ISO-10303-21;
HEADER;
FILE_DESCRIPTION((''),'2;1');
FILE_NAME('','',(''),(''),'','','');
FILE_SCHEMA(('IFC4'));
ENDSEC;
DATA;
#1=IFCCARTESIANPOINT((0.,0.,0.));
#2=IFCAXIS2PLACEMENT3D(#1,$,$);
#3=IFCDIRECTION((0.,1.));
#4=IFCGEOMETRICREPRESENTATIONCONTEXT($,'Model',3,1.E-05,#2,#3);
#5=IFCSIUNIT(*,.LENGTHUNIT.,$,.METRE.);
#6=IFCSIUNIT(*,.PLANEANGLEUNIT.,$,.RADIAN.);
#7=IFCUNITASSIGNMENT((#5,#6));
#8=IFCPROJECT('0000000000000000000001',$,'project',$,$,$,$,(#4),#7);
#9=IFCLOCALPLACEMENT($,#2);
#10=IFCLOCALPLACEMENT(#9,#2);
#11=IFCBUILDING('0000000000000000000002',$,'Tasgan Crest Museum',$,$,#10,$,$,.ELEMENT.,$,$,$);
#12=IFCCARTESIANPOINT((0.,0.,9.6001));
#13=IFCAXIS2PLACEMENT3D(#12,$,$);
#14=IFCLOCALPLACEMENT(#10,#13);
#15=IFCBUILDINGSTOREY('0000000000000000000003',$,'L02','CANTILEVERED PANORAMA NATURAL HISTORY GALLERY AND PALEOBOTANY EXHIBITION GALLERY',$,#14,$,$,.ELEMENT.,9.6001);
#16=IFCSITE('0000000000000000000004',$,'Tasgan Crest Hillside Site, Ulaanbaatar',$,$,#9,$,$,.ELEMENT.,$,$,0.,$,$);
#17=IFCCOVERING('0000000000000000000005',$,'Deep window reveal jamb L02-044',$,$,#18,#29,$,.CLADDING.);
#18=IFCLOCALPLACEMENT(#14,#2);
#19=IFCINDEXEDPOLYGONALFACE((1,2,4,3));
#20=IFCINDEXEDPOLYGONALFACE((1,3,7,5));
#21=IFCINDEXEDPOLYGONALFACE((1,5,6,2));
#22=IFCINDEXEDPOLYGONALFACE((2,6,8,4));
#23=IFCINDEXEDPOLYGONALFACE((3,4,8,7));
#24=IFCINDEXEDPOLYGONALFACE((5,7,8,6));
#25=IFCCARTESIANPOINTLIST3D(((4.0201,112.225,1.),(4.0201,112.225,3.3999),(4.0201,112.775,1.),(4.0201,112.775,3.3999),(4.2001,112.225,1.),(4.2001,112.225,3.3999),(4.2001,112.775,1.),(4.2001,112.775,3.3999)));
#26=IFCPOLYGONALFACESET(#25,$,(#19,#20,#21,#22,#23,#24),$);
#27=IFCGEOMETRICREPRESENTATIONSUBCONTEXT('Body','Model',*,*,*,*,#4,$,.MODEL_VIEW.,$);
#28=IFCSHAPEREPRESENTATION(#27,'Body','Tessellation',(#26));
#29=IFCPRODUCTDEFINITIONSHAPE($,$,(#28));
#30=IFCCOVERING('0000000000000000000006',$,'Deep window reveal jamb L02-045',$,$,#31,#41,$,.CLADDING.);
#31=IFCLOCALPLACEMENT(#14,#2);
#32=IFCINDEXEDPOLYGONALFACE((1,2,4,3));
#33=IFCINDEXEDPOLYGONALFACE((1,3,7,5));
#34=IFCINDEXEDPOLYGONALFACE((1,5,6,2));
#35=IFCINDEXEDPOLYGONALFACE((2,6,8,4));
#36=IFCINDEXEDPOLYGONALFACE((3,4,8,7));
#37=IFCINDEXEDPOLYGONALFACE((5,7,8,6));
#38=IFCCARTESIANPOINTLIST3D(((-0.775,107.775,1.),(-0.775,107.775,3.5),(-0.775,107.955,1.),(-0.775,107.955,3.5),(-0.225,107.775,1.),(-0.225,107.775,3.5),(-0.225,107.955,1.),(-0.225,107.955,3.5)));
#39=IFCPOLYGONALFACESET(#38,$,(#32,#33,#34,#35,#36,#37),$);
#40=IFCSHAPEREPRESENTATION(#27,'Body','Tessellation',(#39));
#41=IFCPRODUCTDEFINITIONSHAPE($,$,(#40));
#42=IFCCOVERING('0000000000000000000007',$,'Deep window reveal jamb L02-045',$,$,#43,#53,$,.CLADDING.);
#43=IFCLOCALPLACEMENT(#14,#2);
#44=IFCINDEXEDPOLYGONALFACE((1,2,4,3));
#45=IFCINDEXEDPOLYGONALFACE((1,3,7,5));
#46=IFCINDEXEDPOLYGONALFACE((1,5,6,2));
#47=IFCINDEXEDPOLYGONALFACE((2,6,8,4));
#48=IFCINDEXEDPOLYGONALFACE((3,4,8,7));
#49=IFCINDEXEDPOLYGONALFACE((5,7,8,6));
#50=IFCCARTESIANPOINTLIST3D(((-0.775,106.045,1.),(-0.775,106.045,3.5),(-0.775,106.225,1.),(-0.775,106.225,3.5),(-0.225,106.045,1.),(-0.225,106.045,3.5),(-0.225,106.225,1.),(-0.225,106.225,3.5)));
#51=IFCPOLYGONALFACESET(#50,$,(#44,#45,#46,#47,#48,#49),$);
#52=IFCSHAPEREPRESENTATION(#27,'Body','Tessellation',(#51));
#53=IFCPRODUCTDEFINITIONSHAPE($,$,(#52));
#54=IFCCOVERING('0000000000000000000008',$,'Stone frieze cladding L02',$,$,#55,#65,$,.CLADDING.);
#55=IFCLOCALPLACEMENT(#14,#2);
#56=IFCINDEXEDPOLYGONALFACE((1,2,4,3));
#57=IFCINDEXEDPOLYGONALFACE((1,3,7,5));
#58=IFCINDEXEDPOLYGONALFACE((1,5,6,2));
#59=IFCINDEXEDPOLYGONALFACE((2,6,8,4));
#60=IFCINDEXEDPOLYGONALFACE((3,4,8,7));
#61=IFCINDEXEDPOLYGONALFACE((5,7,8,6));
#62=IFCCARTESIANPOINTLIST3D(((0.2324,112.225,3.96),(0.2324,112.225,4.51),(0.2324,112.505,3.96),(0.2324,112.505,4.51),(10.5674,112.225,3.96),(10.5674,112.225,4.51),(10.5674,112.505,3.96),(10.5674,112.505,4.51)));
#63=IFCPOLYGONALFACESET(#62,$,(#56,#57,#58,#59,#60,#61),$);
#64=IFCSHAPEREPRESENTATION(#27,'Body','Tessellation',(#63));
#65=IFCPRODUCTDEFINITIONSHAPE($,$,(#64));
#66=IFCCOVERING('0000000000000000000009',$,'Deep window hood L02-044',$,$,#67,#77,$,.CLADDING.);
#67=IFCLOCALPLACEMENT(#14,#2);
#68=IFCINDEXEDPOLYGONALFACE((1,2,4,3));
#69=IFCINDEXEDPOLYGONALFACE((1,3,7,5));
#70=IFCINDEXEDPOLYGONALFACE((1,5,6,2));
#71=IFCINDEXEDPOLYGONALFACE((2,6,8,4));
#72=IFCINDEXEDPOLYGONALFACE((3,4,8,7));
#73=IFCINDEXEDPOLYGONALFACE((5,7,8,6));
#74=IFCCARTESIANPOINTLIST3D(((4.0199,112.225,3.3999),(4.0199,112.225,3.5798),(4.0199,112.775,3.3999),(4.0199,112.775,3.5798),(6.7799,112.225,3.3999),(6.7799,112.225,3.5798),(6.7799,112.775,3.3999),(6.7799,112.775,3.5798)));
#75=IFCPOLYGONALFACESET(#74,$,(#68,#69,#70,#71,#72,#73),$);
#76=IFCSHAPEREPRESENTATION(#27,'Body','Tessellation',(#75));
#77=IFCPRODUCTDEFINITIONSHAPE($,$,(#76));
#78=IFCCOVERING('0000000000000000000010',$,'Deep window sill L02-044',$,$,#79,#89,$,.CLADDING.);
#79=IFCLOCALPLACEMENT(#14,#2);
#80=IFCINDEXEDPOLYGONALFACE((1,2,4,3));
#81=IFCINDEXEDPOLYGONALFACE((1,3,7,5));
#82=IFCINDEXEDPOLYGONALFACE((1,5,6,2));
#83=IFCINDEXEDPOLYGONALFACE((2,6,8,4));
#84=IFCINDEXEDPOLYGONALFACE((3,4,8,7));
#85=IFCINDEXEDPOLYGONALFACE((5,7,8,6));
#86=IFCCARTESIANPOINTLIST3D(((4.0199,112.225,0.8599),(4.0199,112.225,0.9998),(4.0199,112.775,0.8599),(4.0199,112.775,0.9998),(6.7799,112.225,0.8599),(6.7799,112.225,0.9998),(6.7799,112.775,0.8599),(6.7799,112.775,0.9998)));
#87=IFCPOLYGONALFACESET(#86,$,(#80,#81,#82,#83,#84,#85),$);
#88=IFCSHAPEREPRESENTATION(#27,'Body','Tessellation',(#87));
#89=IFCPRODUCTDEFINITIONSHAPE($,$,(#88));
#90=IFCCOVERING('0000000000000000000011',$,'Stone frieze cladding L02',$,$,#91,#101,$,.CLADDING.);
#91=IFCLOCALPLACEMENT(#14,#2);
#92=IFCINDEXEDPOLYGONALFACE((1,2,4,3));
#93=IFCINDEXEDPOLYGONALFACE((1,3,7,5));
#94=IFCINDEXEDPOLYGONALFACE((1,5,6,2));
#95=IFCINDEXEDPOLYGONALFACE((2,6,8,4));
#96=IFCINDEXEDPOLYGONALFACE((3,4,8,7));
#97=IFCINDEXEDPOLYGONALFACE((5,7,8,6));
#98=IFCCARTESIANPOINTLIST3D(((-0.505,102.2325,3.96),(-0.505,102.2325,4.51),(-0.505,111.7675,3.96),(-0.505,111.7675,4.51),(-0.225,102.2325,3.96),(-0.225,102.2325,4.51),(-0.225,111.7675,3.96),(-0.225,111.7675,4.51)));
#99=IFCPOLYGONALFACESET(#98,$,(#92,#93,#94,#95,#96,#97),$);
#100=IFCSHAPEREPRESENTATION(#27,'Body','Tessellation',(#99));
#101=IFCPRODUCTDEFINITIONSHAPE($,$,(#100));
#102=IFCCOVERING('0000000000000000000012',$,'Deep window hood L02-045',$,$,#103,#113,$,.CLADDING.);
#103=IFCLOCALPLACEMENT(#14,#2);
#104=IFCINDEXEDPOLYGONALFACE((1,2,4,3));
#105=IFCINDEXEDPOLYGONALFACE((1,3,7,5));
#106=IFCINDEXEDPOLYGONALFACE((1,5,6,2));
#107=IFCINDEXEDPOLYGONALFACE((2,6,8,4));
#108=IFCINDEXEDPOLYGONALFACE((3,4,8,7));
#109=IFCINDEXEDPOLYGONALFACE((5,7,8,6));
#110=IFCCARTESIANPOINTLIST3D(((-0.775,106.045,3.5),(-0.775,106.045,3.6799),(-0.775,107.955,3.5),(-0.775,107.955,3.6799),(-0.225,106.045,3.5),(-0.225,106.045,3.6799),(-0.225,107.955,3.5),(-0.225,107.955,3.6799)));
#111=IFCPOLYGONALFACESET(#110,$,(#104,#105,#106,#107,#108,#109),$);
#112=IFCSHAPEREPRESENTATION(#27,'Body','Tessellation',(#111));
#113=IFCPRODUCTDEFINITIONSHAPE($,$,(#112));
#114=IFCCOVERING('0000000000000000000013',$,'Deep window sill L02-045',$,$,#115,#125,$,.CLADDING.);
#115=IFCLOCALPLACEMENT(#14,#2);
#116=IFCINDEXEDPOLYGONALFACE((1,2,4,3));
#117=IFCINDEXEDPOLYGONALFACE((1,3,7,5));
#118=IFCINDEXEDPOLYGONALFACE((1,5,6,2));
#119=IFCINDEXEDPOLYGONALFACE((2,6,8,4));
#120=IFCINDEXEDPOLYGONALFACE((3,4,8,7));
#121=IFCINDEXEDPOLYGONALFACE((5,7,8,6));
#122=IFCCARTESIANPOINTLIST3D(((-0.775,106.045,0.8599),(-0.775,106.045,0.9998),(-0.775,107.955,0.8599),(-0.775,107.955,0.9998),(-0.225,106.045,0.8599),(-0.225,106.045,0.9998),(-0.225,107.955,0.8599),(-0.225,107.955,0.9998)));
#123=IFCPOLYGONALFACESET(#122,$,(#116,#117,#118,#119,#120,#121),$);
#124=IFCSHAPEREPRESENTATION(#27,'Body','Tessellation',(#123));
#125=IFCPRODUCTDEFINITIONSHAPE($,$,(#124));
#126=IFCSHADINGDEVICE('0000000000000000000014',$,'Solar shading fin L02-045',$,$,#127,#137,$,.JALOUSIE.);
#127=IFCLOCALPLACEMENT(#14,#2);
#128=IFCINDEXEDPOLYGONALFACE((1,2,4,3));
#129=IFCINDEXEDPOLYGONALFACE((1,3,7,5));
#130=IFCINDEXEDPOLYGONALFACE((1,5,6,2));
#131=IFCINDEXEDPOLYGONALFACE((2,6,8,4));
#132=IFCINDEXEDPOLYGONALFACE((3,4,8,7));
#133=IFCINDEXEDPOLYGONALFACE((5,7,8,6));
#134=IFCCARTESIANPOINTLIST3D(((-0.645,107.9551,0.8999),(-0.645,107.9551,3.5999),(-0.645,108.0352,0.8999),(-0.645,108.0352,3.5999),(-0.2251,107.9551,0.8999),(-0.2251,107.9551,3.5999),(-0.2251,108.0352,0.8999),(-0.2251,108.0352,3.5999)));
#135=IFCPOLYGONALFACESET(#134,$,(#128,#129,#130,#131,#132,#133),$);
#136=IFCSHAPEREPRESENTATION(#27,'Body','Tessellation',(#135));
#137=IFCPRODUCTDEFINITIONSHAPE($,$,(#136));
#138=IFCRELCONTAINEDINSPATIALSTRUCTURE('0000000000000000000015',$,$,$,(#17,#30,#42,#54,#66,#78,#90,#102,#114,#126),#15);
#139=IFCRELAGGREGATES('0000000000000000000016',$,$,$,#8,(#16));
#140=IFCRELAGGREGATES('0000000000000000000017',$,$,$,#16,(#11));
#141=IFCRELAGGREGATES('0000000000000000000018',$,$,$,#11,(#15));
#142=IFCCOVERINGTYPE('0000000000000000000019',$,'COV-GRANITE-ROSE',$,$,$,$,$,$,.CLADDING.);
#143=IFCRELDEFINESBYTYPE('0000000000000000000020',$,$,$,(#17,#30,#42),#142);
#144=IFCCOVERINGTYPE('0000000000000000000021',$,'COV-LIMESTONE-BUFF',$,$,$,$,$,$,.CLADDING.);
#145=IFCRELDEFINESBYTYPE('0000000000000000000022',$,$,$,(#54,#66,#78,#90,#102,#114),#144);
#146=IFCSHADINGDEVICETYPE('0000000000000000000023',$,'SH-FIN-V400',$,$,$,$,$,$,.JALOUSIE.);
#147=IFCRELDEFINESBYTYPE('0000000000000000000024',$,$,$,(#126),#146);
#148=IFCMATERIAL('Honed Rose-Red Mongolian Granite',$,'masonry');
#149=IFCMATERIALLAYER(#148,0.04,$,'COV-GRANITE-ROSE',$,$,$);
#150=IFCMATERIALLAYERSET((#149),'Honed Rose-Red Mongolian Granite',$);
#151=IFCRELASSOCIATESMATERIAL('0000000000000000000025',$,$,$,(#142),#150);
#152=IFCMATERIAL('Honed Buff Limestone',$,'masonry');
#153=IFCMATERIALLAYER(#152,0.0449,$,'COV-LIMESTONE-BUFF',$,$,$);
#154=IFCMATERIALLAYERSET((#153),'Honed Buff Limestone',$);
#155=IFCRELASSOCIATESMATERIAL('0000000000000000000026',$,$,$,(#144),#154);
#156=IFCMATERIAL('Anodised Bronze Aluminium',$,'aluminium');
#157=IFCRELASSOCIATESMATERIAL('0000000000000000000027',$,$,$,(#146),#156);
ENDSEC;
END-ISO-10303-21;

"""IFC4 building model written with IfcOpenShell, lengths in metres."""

from ifc_helpers import new_model, si_unit, direction, frame, origin, origin_2d, place, context, subcontext, project, spatial, rectangle, extrude, material, layer, layer_set, type_object, element, save


model = new_model("IFC4")

# Units and contexts
model_context = context("Model", 3, precision=1e-05, world=origin(), true_north=direction((0.0, 1.0)))
body_context = subcontext(model_context, "Body", "Model", "MODEL_VIEW")
ifc_project = project(units=[si_unit("LENGTHUNIT", "METRE"), si_unit("PLANEANGLEUNIT", "RADIAN")], contexts=[model_context])

# Site, building, storey
site_placement = place(None, origin())
site = spatial("IfcSite", under=ifc_project, at=site_placement, Name="Tasgan Crest Hillside Site, Ulaanbaatar", CompositionType="ELEMENT", RefElevation=0.0)
building_placement = place(site_placement, origin())
building = spatial("IfcBuilding", under=site, at=building_placement, Name="Tasgan Crest Museum", CompositionType="ELEMENT")
storey_placement = place(building_placement, frame((0.0, 0.0, 9.6001)))
storey = spatial("IfcBuildingStorey", under=building, at=storey_placement, Name="L02", Description="CANTILEVERED PANORAMA NATURAL HISTORY GALLERY AND PALEOBOTANY EXHIBITION GALLERY", CompositionType="ELEMENT", Elevation=9.6001)

# Coverings
ifc_material_1 = material(Name="Honed Rose-Red Mongolian Granite", Category="masonry")
ifc_layer_1 = layer(ifc_material_1, 0.04, Name="COV-GRANITE-ROSE")
ifc_layer_set_1 = layer_set([ifc_layer_1], Name="Honed Rose-Red Mongolian Granite")
covering_type_1 = type_object("IfcCoveringType", Name="COV-GRANITE-ROSE", PredefinedType="CLADDING", material=ifc_layer_set_1)
for number, where, z_axis, x_axis, name in (
    (1, (4.1101, 112.5, 1.0), (0.0, 0.0, 1.0), (-1.0, 0.0, 0.0), "Deep window reveal jamb L02-044"),
):
    element("IfcCovering", number, at=place(storey_placement, frame(where, z_axis=z_axis, x_axis=x_axis)), inside=storey, type_object=covering_type_1, Name=name, PredefinedType="CLADDING", context=body_context, shape_type="SweptSolid", body=[
        extrude(rectangle(XDim=0.1799, YDim=0.55, at=origin_2d()), origin(), (0.0, 0.0, 1.0), 2.3999),
    ])
for number, where, z_axis, x_axis, name in (
    (2, (-0.5, 107.865, 1.0), (0.0, 0.0, 1.0), (0.0, -1.0, 0.0), "Deep window reveal jamb L02-045"),
    (3, (-0.5, 106.135, 1.0), (0.0, 0.0, 1.0), (0.0, -1.0, 0.0), "Deep window reveal jamb L02-045"),
):
    element("IfcCovering", number, at=place(storey_placement, frame(where, z_axis=z_axis, x_axis=x_axis)), inside=storey, type_object=covering_type_1, Name=name, PredefinedType="CLADDING", context=body_context, shape_type="SweptSolid", body=[
        extrude(rectangle(XDim=0.1799, YDim=0.55, at=origin_2d()), origin(), (0.0, 0.0, 1.0), 2.5),
    ])
ifc_material_2 = material(Name="Honed Buff Limestone", Category="masonry")
ifc_layer_2 = layer(ifc_material_2, 0.0449, Name="COV-LIMESTONE-BUFF")
ifc_layer_set_2 = layer_set([ifc_layer_2], Name="Honed Buff Limestone")
covering_type_2 = type_object("IfcCoveringType", Name="COV-LIMESTONE-BUFF", PredefinedType="CLADDING", material=ifc_layer_set_2)
covering_1_placement = place(storey_placement, frame((5.3999, 112.365, 3.96), z_axis=(0.0, 0.0, 1.0), x_axis=(-1.0, 0.0, 0.0)))
element("IfcCovering", 4, at=covering_1_placement, inside=storey, type_object=covering_type_2, Name="Stone frieze cladding L02", PredefinedType="CLADDING", context=body_context, shape_type="SweptSolid", body=[
    extrude(rectangle(XDim=10.335, YDim=0.28, at=origin_2d()), origin(), (0.0, 0.0, 1.0), 0.55),
])
covering_2_placement = place(storey_placement, frame((5.3999, 112.5, 3.3999), z_axis=(0.0, 0.0, 1.0), x_axis=(-1.0, 0.0, 0.0)))
element("IfcCovering", 5, at=covering_2_placement, inside=storey, type_object=covering_type_2, Name="Deep window hood L02-044", PredefinedType="CLADDING", context=body_context, shape_type="SweptSolid", body=[
    extrude(rectangle(XDim=2.76, YDim=0.55, at=origin_2d()), origin(), (0.0, 0.0, 1.0), 0.1799),
])
covering_3_placement = place(storey_placement, frame((5.3999, 112.5, 0.8599), z_axis=(0.0, 0.0, 1.0), x_axis=(-1.0, 0.0, 0.0)))
element("IfcCovering", 6, at=covering_3_placement, inside=storey, type_object=covering_type_2, Name="Deep window sill L02-044", PredefinedType="CLADDING", context=body_context, shape_type="SweptSolid", body=[
    extrude(rectangle(XDim=2.76, YDim=0.55, at=origin_2d()), origin(), (0.0, 0.0, 1.0), 0.1399),
])
covering_4_placement = place(storey_placement, frame((-0.365, 107.0, 3.96), z_axis=(0.0, 0.0, 1.0), x_axis=(0.0, -1.0, 0.0)))
element("IfcCovering", 7, at=covering_4_placement, inside=storey, type_object=covering_type_2, Name="Stone frieze cladding L02", PredefinedType="CLADDING", context=body_context, shape_type="SweptSolid", body=[
    extrude(rectangle(XDim=9.5349, YDim=0.28, at=origin_2d()), origin(), (0.0, 0.0, 1.0), 0.55),
])
covering_5_placement = place(storey_placement, frame((-0.5, 107.0, 3.5), z_axis=(0.0, 0.0, 1.0), x_axis=(0.0, -1.0, 0.0)))
element("IfcCovering", 8, at=covering_5_placement, inside=storey, type_object=covering_type_2, Name="Deep window hood L02-045", PredefinedType="CLADDING", context=body_context, shape_type="SweptSolid", body=[
    extrude(rectangle(XDim=1.9099, YDim=0.55, at=origin_2d()), origin(), (0.0, 0.0, 1.0), 0.1799),
])
covering_6_placement = place(storey_placement, frame((-0.5, 107.0, 0.8599), z_axis=(0.0, 0.0, 1.0), x_axis=(0.0, -1.0, 0.0)))
element("IfcCovering", 9, at=covering_6_placement, inside=storey, type_object=covering_type_2, Name="Deep window sill L02-045", PredefinedType="CLADDING", context=body_context, shape_type="SweptSolid", body=[
    extrude(rectangle(XDim=1.9099, YDim=0.55, at=origin_2d()), origin(), (0.0, 0.0, 1.0), 0.1399),
])

# Shading device
ifc_material_3 = material(Name="Anodised Bronze Aluminium", Category="aluminium")
shading_device_type = type_object("IfcShadingDeviceType", Name="SH-FIN-V400", PredefinedType="JALOUSIE", material=ifc_material_3)
shading_device_placement = place(storey_placement, frame((-0.4351, 107.9951, 0.8999), z_axis=(0.0, 0.0, 1.0), x_axis=(0.0, -1.0, 0.0)))
element("IfcShadingDevice", 10, at=shading_device_placement, inside=storey, type_object=shading_device_type, Name="Solar shading fin L02-045", PredefinedType="JALOUSIE", context=body_context, shape_type="SweptSolid", body=[
    extrude(rectangle(XDim=0.0801, YDim=0.4199, at=origin_2d()), origin(), (0.0, 0.0, 1.0), 2.7),
])

save(model, "model.ifc")
